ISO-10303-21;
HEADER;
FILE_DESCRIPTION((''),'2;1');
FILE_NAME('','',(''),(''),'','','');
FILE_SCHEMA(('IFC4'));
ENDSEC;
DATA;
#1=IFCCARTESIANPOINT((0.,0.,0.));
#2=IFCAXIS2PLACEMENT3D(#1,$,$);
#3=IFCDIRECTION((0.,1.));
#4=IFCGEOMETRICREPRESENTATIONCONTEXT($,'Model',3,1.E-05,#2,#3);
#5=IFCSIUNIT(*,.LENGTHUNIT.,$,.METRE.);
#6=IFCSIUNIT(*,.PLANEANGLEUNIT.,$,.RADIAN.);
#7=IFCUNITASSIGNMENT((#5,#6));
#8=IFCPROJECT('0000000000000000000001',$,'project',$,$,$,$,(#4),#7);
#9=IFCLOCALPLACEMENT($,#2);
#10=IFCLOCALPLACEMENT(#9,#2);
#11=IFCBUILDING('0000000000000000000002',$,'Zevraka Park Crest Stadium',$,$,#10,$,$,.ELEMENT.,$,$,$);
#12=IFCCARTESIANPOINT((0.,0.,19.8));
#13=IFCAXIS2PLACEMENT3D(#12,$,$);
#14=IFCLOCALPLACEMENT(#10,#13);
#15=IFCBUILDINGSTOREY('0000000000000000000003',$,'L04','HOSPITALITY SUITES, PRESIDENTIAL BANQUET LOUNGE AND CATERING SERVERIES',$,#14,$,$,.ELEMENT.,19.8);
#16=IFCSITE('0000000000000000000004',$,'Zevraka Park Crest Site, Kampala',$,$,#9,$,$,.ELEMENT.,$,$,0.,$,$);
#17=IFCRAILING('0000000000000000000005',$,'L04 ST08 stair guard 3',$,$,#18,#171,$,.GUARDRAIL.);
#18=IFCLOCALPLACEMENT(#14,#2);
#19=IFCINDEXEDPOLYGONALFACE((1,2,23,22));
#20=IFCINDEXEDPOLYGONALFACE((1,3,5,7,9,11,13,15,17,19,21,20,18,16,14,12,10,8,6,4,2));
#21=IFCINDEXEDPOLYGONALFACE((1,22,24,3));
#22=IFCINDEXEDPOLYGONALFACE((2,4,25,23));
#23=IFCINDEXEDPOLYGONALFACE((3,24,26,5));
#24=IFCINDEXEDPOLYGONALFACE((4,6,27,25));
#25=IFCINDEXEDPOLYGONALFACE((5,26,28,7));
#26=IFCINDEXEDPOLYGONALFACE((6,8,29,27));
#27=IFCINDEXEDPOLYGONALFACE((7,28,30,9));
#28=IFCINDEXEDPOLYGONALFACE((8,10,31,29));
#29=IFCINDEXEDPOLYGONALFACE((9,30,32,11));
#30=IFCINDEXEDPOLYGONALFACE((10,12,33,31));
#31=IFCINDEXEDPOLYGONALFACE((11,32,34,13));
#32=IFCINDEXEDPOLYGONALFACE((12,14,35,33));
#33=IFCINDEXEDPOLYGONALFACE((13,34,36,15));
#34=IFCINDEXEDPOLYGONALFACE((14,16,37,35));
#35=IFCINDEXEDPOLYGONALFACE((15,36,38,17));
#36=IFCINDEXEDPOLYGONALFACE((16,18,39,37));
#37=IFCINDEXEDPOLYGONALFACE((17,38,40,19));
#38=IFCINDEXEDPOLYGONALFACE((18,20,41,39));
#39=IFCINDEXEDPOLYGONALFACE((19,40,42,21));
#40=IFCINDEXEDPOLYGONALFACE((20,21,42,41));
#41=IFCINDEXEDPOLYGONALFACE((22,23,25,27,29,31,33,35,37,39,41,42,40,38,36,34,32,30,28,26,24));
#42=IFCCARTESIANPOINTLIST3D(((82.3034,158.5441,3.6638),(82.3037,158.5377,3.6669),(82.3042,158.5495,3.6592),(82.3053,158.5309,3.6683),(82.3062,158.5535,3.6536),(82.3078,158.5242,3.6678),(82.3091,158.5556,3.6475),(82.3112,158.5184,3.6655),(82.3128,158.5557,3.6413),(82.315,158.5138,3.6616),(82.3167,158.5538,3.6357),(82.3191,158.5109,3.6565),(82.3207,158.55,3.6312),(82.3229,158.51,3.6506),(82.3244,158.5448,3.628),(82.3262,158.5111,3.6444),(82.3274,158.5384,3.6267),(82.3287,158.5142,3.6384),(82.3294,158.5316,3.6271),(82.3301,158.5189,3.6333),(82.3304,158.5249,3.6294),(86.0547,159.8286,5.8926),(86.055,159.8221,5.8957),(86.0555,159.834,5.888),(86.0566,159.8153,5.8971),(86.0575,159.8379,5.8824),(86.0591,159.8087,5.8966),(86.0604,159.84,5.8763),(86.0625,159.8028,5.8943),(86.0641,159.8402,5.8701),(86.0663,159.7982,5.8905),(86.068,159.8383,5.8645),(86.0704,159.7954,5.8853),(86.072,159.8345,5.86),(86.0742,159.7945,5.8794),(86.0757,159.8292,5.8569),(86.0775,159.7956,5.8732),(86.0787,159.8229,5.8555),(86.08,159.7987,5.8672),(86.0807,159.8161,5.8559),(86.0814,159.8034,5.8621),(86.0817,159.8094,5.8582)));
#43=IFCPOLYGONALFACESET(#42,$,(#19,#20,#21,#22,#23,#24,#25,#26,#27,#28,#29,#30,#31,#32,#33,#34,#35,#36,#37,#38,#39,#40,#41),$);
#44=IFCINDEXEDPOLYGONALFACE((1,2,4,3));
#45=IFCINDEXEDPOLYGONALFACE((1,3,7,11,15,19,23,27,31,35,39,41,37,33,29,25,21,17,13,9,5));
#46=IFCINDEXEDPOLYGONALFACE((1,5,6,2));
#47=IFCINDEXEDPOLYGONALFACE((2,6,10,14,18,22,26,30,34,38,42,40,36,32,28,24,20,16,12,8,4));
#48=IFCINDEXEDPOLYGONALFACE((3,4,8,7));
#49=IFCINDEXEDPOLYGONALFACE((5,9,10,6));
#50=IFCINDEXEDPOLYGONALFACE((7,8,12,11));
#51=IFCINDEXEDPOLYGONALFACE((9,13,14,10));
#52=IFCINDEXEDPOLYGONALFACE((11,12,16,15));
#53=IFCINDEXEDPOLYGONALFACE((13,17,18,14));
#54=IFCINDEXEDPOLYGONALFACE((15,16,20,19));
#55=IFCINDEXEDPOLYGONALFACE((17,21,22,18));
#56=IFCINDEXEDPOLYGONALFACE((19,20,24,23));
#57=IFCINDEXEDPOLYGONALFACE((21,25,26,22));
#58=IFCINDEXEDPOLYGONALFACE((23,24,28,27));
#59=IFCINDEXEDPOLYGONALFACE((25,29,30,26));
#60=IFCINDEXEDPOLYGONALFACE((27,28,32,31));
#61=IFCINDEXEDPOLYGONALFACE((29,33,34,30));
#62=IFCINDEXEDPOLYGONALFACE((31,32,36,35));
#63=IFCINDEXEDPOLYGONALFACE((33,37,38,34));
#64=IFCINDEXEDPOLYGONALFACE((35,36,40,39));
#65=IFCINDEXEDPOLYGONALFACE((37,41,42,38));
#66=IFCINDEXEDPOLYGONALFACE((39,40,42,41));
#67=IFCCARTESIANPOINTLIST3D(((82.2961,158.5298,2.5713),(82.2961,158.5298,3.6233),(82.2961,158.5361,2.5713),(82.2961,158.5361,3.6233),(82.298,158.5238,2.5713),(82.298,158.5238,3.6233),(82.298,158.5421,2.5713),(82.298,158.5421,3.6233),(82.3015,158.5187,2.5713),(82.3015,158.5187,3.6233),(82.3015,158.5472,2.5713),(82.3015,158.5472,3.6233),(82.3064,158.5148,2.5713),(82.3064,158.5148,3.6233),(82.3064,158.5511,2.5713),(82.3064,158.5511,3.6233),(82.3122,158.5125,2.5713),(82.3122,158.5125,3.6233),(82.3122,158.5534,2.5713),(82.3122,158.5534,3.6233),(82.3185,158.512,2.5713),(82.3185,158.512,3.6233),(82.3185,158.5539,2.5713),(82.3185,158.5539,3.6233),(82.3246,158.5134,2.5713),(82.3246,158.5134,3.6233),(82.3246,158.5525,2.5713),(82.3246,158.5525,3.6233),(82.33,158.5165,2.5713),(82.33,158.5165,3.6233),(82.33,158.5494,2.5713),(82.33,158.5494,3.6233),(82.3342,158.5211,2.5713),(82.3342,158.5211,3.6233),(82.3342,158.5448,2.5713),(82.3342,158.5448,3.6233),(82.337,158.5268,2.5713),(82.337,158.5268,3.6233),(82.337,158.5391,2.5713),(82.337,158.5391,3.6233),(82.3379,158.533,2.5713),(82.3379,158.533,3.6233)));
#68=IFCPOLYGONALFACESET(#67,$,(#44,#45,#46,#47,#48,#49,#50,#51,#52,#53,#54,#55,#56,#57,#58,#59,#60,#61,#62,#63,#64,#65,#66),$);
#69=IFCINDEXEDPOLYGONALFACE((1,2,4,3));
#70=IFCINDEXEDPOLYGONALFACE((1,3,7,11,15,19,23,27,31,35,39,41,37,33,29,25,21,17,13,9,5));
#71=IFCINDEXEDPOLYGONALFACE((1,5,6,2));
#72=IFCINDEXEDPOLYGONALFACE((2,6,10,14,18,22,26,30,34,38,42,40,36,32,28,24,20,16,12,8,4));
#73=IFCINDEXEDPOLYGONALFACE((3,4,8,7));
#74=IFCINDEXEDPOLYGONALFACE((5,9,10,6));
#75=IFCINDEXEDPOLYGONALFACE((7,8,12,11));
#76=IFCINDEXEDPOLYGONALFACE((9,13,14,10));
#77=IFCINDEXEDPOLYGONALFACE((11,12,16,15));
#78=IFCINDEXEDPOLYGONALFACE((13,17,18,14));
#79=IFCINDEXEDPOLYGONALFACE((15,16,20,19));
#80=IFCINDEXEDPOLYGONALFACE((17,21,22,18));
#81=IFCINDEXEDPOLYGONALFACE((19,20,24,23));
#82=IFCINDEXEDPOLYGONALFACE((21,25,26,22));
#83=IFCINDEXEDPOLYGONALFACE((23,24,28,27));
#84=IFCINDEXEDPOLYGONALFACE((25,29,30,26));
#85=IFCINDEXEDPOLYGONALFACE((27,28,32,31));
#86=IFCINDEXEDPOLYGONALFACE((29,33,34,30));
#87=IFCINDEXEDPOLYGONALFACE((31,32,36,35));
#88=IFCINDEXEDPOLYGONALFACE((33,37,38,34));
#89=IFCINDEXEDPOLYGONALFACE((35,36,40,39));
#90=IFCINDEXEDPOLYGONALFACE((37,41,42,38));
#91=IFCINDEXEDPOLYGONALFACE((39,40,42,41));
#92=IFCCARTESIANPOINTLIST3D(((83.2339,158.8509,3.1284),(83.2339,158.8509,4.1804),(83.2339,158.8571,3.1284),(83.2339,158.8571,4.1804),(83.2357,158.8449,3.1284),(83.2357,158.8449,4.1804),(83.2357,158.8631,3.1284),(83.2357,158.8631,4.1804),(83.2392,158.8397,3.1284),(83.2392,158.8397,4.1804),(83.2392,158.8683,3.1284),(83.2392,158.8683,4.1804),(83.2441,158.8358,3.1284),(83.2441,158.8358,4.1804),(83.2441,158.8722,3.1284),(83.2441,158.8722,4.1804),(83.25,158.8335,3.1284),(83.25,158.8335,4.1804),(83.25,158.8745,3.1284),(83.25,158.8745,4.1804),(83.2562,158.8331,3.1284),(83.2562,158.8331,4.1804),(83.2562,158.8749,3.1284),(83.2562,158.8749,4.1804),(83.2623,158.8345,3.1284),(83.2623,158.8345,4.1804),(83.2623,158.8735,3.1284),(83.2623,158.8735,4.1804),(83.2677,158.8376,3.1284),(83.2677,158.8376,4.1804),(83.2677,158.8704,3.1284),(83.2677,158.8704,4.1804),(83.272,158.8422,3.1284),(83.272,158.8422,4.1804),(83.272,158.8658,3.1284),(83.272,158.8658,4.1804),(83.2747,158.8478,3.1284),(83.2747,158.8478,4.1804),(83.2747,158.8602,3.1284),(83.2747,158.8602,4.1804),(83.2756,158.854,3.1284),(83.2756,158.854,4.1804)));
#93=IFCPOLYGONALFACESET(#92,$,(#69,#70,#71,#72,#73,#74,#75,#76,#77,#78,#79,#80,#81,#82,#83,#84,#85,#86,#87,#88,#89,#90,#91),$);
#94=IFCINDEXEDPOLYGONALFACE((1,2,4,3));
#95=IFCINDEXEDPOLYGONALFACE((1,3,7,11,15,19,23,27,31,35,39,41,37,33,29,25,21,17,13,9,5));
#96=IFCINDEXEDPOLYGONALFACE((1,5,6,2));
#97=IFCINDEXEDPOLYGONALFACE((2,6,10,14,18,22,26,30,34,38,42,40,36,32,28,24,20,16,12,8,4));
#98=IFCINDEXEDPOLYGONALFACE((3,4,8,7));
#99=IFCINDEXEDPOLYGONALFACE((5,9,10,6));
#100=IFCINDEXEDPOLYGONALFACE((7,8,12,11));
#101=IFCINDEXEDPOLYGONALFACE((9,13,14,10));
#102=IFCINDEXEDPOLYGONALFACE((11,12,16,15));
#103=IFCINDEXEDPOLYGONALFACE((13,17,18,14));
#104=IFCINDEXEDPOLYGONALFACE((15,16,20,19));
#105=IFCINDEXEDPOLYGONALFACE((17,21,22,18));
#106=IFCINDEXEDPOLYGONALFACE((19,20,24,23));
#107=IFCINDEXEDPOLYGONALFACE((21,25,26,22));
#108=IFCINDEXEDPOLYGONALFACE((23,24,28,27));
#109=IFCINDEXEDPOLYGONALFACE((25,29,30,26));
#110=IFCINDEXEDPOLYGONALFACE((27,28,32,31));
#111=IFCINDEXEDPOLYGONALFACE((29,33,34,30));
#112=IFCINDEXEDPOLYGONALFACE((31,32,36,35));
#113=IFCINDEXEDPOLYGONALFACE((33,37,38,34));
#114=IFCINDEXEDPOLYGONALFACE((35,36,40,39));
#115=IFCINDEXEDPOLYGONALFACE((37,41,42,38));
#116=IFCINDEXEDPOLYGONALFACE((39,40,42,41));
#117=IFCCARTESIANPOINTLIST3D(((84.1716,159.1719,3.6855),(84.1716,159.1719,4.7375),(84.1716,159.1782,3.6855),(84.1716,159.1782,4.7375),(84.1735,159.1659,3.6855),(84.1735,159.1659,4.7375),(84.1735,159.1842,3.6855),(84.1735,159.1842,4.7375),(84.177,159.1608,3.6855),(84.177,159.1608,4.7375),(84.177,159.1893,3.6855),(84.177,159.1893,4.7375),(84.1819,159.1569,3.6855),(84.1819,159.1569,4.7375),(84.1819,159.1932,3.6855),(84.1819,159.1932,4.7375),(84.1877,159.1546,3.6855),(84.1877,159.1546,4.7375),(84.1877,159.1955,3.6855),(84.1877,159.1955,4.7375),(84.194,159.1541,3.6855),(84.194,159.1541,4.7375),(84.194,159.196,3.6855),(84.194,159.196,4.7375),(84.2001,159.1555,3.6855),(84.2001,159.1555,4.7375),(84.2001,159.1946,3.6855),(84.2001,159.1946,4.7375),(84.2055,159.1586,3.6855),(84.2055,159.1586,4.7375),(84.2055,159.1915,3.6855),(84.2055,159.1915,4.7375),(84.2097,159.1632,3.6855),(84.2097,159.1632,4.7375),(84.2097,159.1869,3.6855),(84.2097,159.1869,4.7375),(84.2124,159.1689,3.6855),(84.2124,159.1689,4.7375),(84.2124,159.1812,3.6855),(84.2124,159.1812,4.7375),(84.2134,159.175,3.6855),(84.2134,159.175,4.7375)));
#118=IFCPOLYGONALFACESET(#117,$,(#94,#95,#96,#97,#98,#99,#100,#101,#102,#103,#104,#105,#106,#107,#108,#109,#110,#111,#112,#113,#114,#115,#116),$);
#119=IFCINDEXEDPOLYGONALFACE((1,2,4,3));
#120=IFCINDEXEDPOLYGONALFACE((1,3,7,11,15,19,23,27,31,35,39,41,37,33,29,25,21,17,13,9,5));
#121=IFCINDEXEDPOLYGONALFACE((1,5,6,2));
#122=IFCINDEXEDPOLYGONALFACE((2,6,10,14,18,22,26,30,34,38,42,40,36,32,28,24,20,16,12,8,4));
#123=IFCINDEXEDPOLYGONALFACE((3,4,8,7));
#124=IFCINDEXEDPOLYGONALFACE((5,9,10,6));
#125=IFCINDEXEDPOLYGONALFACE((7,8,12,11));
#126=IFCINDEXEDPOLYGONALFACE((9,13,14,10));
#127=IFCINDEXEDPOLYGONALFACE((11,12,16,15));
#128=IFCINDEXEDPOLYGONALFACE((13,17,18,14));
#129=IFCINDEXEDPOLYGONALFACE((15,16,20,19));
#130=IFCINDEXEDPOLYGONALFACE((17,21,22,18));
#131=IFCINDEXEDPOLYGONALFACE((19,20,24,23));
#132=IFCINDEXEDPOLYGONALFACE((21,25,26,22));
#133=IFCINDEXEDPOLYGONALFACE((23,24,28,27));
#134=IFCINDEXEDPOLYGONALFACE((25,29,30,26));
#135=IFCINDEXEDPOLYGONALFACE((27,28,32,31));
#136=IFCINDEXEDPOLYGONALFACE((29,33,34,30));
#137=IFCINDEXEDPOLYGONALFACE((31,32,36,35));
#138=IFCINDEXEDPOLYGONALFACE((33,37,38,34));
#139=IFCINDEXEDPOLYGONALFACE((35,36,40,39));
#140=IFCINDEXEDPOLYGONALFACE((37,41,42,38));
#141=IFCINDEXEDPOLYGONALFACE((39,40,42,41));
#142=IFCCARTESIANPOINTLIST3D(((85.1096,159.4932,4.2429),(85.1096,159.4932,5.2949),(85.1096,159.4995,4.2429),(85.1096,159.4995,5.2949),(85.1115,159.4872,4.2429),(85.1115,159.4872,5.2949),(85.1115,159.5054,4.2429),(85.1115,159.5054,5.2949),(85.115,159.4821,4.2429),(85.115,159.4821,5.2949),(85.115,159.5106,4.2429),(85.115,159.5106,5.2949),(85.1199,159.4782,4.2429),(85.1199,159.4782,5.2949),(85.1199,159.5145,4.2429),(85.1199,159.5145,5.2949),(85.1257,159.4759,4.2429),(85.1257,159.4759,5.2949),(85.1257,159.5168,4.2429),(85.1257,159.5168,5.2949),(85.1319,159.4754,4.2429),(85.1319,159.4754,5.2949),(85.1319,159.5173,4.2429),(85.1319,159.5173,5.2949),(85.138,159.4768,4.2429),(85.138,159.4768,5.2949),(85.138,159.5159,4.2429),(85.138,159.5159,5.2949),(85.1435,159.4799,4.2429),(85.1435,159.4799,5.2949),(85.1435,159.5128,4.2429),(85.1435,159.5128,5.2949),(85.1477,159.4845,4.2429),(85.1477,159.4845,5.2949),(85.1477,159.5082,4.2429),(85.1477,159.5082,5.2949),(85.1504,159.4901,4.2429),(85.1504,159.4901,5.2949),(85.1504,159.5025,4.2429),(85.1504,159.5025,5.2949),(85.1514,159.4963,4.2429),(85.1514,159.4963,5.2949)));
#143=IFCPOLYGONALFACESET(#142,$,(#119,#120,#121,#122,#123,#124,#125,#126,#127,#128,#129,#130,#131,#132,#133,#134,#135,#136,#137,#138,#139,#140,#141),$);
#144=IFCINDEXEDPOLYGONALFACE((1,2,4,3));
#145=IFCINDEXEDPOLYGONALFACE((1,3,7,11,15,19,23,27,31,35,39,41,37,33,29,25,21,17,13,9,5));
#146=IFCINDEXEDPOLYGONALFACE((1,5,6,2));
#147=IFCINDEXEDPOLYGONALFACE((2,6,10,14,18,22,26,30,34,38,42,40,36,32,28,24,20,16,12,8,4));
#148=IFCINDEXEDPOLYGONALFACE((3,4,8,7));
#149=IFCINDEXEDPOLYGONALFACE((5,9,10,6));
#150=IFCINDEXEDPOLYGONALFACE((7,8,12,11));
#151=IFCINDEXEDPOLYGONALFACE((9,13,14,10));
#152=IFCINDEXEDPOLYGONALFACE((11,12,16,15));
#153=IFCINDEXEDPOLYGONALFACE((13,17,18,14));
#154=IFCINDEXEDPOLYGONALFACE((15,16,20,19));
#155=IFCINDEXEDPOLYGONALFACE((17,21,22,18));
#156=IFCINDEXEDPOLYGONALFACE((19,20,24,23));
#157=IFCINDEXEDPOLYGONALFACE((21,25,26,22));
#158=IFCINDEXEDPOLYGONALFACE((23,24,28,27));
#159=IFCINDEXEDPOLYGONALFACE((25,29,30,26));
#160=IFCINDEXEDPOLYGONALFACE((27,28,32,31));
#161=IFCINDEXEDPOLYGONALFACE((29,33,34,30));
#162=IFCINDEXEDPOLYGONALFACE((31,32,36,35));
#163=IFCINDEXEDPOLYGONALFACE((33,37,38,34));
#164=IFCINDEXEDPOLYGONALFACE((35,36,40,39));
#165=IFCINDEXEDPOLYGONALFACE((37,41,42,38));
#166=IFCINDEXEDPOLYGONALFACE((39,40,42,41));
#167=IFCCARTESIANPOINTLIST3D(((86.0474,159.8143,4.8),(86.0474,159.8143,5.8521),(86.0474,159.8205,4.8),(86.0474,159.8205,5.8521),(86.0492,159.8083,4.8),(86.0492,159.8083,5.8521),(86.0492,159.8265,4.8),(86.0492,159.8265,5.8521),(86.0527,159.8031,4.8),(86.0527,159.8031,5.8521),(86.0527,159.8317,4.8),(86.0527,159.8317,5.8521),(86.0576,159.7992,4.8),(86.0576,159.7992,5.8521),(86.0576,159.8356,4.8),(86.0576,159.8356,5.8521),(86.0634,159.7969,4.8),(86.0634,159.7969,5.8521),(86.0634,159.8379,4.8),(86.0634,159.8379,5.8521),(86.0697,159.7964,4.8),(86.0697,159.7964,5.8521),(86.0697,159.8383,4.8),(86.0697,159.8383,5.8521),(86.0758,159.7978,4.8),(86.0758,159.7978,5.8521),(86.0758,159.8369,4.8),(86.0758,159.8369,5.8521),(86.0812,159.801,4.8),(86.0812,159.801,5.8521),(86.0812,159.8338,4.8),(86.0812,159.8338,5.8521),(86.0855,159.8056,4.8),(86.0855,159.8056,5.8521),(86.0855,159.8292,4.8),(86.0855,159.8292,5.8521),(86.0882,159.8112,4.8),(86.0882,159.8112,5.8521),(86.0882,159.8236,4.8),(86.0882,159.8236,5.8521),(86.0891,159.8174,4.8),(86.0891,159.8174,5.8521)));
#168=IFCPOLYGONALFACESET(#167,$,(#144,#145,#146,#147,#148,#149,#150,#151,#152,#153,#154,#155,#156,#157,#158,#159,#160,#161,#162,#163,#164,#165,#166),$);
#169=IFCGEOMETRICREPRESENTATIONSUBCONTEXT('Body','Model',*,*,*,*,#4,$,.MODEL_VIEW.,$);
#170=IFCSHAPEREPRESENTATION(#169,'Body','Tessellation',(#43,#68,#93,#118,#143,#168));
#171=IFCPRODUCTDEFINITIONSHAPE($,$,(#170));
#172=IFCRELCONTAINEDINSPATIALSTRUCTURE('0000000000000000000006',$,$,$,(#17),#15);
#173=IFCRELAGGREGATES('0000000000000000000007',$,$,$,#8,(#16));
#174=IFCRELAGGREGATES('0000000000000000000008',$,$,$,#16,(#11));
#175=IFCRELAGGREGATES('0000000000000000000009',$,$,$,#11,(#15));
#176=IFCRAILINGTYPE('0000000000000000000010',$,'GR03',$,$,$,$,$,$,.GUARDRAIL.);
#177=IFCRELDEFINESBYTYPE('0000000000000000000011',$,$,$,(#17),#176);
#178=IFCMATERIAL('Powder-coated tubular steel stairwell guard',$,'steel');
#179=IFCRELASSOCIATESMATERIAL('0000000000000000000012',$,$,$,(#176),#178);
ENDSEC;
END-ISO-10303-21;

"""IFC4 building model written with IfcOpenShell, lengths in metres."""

from ifc_helpers import new_model, si_unit, direction, frame, origin, origin_2d, place, context, subcontext, project, spatial, circle, extrude, material, type_object, element, save


model = new_model("IFC4")

# Units and contexts
model_context = context("Model", 3, precision=1e-05, world=origin(), true_north=direction((0.0, 1.0)))
body_context = subcontext(model_context, "Body", "Model", "MODEL_VIEW")
ifc_project = project(units=[si_unit("LENGTHUNIT", "METRE"), si_unit("PLANEANGLEUNIT", "RADIAN")], contexts=[model_context])

# Site, building, storey
site_placement = place(None, origin())
site = spatial("IfcSite", under=ifc_project, at=site_placement, Name="Zevraka Park Crest Site, Kampala", CompositionType="ELEMENT", RefElevation=0.0)
building_placement = place(site_placement, origin())
building = spatial("IfcBuilding", under=site, at=building_placement, Name="Zevraka Park Crest Stadium", CompositionType="ELEMENT")
storey_placement = place(building_placement, frame((0.0, 0.0, 19.8)))
storey = spatial("IfcBuildingStorey", under=building, at=storey_placement, Name="L04", Description="HOSPITALITY SUITES, PRESIDENTIAL BANQUET LOUNGE AND CATERING SERVERIES", CompositionType="ELEMENT", Elevation=19.8)

# Railing
ifc_material_1 = material(Name="Powder-coated tubular steel stairwell guard", Category="steel")
railing_type_1 = type_object("IfcRailingType", Name="GR03", PredefinedType="GUARDRAIL", material=ifc_material_1)
railing_1_placement = place(storey_placement, frame((82.3169, 158.533, 2.5713)))
element("IfcRailing", 1, at=railing_1_placement, inside=storey, type_object=railing_type_1, Name="L04 ST08 stair guard 3", PredefinedType="GUARDRAIL", context=body_context, shape_type="SweptSolid", body=[
    extrude(circle(Radius=0.0239, at=origin_2d()), frame((0.0, 0.0, 1.0762), z_axis=(0.824718, 0.282385, 0.49), x_axis=(-0.323939, 0.946078, 0.0)), (0.0, 0.0, 1.0), 4.5486),
    extrude(circle(Radius=0.021, at=origin_2d()), origin(), (0.0, 0.0, 1.0), 1.052),
    extrude(circle(Radius=0.021, at=origin_2d()), frame((0.9377, 0.321, 0.5571)), (0.0, 0.0, 1.0), 1.052),
    extrude(circle(Radius=0.021, at=origin_2d()), frame((1.8755, 0.6421, 1.1143)), (0.0, 0.0, 1.0), 1.052),
    extrude(circle(Radius=0.021, at=origin_2d()), frame((2.8135, 0.9634, 1.6716)), (0.0, 0.0, 1.0), 1.052),
    extrude(circle(Radius=0.021, at=origin_2d()), frame((3.7512, 1.2844, 2.2288)), (0.0, 0.0, 1.0), 1.052),
])

save(model, "model.ifc")
